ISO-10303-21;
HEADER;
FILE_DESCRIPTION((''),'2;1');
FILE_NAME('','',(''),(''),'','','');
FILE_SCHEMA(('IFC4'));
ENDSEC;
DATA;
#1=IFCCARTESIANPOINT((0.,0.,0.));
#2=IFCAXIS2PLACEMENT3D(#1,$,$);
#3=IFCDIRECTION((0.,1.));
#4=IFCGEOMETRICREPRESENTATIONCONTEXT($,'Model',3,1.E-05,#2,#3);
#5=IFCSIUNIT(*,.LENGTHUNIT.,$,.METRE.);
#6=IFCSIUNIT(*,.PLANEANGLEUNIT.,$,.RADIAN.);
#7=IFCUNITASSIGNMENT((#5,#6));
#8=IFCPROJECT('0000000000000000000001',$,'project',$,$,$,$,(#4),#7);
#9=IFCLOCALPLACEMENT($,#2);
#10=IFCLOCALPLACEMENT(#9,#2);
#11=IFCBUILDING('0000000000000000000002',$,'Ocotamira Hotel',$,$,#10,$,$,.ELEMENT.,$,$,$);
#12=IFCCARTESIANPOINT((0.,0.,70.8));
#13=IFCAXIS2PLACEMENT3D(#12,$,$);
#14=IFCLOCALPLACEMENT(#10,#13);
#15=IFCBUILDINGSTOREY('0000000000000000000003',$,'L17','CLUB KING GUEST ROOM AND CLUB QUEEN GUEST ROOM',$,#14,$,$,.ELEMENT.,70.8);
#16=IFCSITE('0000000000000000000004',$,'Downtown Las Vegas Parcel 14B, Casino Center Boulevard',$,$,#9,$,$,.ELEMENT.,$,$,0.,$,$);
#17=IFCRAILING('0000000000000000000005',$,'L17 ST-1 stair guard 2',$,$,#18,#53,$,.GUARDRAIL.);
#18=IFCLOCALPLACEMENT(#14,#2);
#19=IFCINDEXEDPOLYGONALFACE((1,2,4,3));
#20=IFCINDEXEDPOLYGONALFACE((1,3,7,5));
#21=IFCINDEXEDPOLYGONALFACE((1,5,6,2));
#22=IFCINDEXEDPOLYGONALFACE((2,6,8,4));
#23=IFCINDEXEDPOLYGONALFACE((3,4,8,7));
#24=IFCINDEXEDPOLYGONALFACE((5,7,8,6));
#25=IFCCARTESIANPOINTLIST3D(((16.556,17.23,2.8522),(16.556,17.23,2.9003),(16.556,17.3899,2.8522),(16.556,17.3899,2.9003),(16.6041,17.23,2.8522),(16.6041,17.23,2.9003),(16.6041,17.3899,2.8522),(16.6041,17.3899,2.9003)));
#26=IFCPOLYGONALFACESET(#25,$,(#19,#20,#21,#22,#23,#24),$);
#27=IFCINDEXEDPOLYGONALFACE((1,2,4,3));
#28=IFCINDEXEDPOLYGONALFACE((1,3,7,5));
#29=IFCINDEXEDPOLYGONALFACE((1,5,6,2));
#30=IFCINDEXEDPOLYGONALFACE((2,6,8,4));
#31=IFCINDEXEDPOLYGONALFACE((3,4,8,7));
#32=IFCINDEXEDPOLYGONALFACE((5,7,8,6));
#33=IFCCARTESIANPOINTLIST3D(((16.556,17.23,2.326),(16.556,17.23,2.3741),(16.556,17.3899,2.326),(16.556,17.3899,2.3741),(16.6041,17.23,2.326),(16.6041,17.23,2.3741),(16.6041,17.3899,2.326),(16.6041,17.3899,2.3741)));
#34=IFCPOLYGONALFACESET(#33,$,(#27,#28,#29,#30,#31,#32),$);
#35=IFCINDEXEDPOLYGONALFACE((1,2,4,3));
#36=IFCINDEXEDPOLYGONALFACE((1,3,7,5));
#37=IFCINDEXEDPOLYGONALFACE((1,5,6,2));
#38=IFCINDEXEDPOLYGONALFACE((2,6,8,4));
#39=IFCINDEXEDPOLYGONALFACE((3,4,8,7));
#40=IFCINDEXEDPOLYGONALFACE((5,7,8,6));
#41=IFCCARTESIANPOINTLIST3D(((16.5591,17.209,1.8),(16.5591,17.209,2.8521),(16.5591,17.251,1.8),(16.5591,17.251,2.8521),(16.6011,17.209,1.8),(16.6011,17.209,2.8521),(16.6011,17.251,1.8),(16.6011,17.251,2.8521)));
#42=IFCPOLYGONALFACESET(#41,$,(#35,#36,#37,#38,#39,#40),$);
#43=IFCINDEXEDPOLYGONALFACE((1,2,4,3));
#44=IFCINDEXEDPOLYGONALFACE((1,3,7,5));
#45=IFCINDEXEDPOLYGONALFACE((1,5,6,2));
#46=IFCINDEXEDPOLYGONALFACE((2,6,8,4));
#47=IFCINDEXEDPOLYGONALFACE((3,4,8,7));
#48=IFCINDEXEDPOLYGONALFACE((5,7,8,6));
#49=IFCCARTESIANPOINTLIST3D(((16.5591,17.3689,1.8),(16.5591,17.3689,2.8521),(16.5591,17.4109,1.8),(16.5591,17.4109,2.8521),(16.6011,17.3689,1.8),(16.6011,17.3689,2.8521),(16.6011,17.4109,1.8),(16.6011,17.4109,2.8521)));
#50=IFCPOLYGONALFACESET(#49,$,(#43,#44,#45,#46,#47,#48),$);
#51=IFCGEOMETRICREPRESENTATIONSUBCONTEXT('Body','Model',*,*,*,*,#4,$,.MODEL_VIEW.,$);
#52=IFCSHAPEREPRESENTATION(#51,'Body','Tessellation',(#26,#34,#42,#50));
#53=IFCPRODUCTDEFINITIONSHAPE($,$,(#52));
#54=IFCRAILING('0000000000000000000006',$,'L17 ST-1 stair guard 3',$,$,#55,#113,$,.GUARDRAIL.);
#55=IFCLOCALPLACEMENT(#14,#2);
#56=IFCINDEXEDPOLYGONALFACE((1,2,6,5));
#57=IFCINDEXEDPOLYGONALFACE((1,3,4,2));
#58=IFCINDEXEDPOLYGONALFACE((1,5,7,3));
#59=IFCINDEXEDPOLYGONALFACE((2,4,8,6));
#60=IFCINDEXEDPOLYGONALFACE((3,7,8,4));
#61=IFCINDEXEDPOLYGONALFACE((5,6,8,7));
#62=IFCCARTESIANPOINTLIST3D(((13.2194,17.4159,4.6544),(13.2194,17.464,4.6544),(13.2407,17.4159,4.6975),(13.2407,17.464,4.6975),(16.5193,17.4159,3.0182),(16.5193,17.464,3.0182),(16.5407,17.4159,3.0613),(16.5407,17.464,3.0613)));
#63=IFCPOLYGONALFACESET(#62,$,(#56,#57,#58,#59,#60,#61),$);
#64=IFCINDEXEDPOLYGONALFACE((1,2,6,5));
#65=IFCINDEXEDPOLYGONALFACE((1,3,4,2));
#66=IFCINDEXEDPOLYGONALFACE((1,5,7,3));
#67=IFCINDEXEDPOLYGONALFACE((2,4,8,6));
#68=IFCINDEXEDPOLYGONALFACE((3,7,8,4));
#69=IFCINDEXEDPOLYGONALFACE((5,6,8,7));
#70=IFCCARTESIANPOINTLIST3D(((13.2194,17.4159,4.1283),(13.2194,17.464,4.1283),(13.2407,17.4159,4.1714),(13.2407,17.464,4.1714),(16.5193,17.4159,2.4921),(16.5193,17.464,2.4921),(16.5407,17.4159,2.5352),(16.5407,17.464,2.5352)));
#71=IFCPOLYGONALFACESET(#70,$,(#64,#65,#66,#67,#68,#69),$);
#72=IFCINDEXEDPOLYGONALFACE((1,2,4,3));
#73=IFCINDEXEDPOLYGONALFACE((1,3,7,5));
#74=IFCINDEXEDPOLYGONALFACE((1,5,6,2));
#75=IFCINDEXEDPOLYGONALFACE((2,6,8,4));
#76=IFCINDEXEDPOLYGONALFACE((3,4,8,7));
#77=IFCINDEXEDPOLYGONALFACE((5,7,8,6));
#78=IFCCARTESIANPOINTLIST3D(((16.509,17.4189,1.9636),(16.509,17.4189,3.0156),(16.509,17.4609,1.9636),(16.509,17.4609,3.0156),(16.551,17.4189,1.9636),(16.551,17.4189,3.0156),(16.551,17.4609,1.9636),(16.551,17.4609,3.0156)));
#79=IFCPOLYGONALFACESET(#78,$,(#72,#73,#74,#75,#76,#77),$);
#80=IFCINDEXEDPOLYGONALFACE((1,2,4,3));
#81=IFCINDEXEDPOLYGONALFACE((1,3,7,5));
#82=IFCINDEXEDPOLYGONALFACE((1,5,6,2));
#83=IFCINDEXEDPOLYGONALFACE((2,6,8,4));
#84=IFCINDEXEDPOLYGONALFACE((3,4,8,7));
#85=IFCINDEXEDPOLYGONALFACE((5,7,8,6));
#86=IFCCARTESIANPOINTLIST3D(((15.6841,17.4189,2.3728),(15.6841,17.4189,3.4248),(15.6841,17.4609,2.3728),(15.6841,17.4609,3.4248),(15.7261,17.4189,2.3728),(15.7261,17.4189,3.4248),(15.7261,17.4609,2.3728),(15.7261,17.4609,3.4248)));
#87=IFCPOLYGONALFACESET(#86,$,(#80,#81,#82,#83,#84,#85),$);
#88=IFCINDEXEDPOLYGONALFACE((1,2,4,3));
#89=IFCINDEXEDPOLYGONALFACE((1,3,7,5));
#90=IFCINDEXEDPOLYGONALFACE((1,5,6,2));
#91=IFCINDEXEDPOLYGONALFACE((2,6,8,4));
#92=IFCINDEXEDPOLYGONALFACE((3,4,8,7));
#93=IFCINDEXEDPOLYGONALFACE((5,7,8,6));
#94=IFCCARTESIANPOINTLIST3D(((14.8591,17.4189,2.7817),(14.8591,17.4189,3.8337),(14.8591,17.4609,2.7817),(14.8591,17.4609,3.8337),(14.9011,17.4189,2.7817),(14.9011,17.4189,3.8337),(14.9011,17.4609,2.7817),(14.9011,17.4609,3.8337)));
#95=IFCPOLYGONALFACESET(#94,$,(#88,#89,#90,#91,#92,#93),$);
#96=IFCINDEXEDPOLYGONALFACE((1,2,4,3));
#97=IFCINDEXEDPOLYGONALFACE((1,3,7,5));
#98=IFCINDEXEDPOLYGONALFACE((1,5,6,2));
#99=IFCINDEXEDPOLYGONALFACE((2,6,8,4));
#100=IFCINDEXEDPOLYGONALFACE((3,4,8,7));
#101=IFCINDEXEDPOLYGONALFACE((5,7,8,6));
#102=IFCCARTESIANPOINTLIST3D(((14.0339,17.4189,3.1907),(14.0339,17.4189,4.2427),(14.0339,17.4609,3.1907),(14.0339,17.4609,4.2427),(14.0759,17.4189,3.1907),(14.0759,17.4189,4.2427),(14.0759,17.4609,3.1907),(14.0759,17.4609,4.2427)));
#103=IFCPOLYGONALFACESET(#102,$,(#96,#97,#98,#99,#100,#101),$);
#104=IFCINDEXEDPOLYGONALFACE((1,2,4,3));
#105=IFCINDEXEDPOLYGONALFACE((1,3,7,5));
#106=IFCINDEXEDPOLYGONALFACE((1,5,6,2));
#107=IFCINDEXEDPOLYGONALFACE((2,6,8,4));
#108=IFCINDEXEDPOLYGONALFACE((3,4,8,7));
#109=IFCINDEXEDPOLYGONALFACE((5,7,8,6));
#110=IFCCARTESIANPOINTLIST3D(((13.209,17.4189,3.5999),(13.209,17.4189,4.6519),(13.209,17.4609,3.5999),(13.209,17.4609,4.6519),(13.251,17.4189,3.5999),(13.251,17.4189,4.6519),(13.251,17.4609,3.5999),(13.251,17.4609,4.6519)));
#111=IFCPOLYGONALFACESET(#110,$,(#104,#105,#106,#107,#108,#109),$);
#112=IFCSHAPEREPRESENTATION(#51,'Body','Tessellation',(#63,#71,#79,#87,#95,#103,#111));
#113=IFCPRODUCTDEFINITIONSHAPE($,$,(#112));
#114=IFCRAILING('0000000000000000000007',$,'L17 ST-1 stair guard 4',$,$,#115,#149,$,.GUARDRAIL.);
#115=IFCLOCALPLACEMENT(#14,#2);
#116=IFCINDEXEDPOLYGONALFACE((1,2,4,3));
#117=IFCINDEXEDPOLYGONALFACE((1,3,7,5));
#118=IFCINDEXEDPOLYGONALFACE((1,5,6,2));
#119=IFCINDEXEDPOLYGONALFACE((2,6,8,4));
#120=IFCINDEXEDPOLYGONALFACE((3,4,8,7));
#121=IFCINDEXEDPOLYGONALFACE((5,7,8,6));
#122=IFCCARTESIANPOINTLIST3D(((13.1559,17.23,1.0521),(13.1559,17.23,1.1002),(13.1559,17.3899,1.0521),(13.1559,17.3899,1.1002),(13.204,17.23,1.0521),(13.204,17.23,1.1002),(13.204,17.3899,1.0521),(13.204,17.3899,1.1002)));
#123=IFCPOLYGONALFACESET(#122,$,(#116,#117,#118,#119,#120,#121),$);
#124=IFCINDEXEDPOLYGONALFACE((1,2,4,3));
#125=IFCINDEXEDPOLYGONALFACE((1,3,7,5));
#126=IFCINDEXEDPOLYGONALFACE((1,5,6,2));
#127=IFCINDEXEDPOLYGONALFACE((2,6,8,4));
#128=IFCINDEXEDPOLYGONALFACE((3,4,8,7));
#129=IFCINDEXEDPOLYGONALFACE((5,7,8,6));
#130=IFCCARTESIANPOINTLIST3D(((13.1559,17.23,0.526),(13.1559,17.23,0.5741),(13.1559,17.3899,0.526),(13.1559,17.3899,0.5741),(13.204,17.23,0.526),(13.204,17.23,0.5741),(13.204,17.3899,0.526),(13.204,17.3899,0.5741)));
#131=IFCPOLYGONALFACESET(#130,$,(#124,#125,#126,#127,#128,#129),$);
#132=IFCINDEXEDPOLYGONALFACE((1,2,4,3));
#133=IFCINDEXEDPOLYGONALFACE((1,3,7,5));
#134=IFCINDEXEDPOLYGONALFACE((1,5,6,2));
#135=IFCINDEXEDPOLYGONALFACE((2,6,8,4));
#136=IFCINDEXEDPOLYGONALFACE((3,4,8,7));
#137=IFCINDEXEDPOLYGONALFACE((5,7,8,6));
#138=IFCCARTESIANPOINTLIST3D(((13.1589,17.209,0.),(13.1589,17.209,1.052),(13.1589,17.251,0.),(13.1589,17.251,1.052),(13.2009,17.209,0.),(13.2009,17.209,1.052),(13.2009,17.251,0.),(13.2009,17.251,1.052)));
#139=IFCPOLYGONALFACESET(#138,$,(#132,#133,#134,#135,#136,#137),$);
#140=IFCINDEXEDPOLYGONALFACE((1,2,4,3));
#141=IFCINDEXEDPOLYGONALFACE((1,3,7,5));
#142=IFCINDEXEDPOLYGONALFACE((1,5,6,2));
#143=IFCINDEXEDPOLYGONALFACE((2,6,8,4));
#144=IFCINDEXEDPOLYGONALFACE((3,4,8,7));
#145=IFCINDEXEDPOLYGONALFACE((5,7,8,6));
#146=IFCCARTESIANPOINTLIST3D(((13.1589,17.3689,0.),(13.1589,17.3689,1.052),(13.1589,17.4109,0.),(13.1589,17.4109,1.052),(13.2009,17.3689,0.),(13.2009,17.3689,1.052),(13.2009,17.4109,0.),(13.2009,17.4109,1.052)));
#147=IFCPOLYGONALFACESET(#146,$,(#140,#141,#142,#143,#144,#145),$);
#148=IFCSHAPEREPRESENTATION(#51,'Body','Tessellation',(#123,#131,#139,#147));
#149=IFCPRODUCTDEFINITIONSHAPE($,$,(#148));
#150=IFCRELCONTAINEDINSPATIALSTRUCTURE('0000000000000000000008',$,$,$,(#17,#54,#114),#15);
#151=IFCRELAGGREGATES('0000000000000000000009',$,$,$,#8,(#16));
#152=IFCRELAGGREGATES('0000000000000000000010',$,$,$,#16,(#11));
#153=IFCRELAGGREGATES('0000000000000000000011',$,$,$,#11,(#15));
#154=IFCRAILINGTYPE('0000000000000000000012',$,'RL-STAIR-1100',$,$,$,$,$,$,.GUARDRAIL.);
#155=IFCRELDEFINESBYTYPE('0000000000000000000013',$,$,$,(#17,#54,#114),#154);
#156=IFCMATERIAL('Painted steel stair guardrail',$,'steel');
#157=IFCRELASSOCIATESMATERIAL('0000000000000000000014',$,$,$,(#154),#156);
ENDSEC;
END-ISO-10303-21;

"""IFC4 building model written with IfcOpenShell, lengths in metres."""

from ifc_helpers import new_model, si_unit, direction, frame, origin, origin_2d, place, context, subcontext, project, spatial, rectangle, extrude, material, type_object, element, save


model = new_model("IFC4")

# Units and contexts
model_context = context("Model", 3, precision=1e-05, world=origin(), true_north=direction((0.0, 1.0)))
body_context = subcontext(model_context, "Body", "Model", "MODEL_VIEW")
ifc_project = project(units=[si_unit("LENGTHUNIT", "METRE"), si_unit("PLANEANGLEUNIT", "RADIAN")], contexts=[model_context])

# Site, building, storey
site_placement = place(None, origin())
site = spatial("IfcSite", under=ifc_project, at=site_placement, Name="Downtown Las Vegas Parcel 14B, Casino Center Boulevard", CompositionType="ELEMENT", RefElevation=0.0)
building_placement = place(site_placement, origin())
building = spatial("IfcBuilding", under=site, at=building_placement, Name="Ocotamira Hotel", CompositionType="ELEMENT")
storey_placement = place(building_placement, frame((0.0, 0.0, 70.8)))
storey = spatial("IfcBuildingStorey", under=building, at=storey_placement, Name="L17", Description="CLUB KING GUEST ROOM AND CLUB QUEEN GUEST ROOM", CompositionType="ELEMENT", Elevation=70.8)

# Railings
ifc_material_1 = material(Name="Painted steel stair guardrail", Category="steel")
railing_type_1 = type_object("IfcRailingType", Name="RL-STAIR-1100", PredefinedType="GUARDRAIL", material=ifc_material_1)
railing_1_placement = place(storey_placement, frame((16.5801, 17.23, 1.8)))
element("IfcRailing", 1, at=railing_1_placement, inside=storey, type_object=railing_type_1, Name="L17 ST-1 stair guard 2", PredefinedType="GUARDRAIL", context=body_context, shape_type="SweptSolid", body=[
    extrude(rectangle(XDim=0.0481, YDim=0.0481, at=origin_2d()), frame((0.0, 0.0, 1.0762), z_axis=(0.0, 1.0, 0.0), x_axis=(-1.0, 0.0, 0.0)), (0.0, 0.0, 1.0), 0.1599),
    extrude(rectangle(XDim=0.0481, YDim=0.0481, at=origin_2d()), frame((0.0, 0.0, 0.55), z_axis=(0.0, 1.0, 0.0), x_axis=(-1.0, 0.0, 0.0)), (0.0, 0.0, 1.0), 0.1599),
    extrude(rectangle(XDim=0.042, YDim=0.042, at=origin_2d()), origin(), (0.0, 0.0, 1.0), 1.052),
    extrude(rectangle(XDim=0.042, YDim=0.042, at=origin_2d()), frame((0.0, 0.1599, 0.0)), (0.0, 0.0, 1.0), 1.052),
])
railing_2_placement = place(storey_placement, frame((16.53, 17.4399, 1.9636)))
element("IfcRailing", 2, at=railing_2_placement, inside=storey, type_object=railing_type_1, Name="L17 ST-1 stair guard 3", PredefinedType="GUARDRAIL", context=body_context, shape_type="SweptSolid", body=[
    extrude(rectangle(XDim=0.0481, YDim=0.0481, at=origin_2d()), frame((0.0, 0.0, 1.0762), z_axis=(-0.89592, 0.0, 0.444215), x_axis=(0.0, -1.0, 0.0)), (0.0, 0.0, 1.0), 3.6833),
    extrude(rectangle(XDim=0.0481, YDim=0.0481, at=origin_2d()), frame((0.0, 0.0, 0.55), z_axis=(-0.89592, 0.0, 0.444215), x_axis=(0.0, -1.0, 0.0)), (0.0, 0.0, 1.0), 3.6833),
    extrude(rectangle(XDim=0.042, YDim=0.042, at=origin_2d()), origin(), (0.0, 0.0, 1.0), 1.052),
    extrude(rectangle(XDim=0.042, YDim=0.042, at=origin_2d()), frame((-0.825, 0.0, 0.4092)), (0.0, 0.0, 1.0), 1.052),
    extrude(rectangle(XDim=0.042, YDim=0.042, at=origin_2d()), frame((-1.6499, 0.0, 0.8181)), (0.0, 0.0, 1.0), 1.052),
    extrude(rectangle(XDim=0.042, YDim=0.042, at=origin_2d()), frame((-2.4751, 0.0, 1.2271)), (0.0, 0.0, 1.0), 1.052),
    extrude(rectangle(XDim=0.042, YDim=0.042, at=origin_2d()), frame((-3.3, 0.0, 1.6362)), (0.0, 0.0, 1.0), 1.052),
])
railing_3_placement = place(storey_placement, frame((13.1799, 17.23, 0.0)))
element("IfcRailing", 3, at=railing_3_placement, inside=storey, type_object=railing_type_1, Name="L17 ST-1 stair guard 4", PredefinedType="GUARDRAIL", context=body_context, shape_type="SweptSolid", body=[
    extrude(rectangle(XDim=0.0481, YDim=0.0481, at=origin_2d()), frame((0.0, 0.0, 1.0762), z_axis=(0.0, 1.0, 0.0), x_axis=(-1.0, 0.0, 0.0)), (0.0, 0.0, 1.0), 0.1599),
    extrude(rectangle(XDim=0.0481, YDim=0.0481, at=origin_2d()), frame((0.0, 0.0, 0.55), z_axis=(0.0, 1.0, 0.0), x_axis=(-1.0, 0.0, 0.0)), (0.0, 0.0, 1.0), 0.1599),
    extrude(rectangle(XDim=0.042, YDim=0.042, at=origin_2d()), origin(), (0.0, 0.0, 1.0), 1.052),
    extrude(rectangle(XDim=0.042, YDim=0.042, at=origin_2d()), frame((0.0, 0.1599, 0.0)), (0.0, 0.0, 1.0), 1.052),
])

save(model, "model.ifc")
